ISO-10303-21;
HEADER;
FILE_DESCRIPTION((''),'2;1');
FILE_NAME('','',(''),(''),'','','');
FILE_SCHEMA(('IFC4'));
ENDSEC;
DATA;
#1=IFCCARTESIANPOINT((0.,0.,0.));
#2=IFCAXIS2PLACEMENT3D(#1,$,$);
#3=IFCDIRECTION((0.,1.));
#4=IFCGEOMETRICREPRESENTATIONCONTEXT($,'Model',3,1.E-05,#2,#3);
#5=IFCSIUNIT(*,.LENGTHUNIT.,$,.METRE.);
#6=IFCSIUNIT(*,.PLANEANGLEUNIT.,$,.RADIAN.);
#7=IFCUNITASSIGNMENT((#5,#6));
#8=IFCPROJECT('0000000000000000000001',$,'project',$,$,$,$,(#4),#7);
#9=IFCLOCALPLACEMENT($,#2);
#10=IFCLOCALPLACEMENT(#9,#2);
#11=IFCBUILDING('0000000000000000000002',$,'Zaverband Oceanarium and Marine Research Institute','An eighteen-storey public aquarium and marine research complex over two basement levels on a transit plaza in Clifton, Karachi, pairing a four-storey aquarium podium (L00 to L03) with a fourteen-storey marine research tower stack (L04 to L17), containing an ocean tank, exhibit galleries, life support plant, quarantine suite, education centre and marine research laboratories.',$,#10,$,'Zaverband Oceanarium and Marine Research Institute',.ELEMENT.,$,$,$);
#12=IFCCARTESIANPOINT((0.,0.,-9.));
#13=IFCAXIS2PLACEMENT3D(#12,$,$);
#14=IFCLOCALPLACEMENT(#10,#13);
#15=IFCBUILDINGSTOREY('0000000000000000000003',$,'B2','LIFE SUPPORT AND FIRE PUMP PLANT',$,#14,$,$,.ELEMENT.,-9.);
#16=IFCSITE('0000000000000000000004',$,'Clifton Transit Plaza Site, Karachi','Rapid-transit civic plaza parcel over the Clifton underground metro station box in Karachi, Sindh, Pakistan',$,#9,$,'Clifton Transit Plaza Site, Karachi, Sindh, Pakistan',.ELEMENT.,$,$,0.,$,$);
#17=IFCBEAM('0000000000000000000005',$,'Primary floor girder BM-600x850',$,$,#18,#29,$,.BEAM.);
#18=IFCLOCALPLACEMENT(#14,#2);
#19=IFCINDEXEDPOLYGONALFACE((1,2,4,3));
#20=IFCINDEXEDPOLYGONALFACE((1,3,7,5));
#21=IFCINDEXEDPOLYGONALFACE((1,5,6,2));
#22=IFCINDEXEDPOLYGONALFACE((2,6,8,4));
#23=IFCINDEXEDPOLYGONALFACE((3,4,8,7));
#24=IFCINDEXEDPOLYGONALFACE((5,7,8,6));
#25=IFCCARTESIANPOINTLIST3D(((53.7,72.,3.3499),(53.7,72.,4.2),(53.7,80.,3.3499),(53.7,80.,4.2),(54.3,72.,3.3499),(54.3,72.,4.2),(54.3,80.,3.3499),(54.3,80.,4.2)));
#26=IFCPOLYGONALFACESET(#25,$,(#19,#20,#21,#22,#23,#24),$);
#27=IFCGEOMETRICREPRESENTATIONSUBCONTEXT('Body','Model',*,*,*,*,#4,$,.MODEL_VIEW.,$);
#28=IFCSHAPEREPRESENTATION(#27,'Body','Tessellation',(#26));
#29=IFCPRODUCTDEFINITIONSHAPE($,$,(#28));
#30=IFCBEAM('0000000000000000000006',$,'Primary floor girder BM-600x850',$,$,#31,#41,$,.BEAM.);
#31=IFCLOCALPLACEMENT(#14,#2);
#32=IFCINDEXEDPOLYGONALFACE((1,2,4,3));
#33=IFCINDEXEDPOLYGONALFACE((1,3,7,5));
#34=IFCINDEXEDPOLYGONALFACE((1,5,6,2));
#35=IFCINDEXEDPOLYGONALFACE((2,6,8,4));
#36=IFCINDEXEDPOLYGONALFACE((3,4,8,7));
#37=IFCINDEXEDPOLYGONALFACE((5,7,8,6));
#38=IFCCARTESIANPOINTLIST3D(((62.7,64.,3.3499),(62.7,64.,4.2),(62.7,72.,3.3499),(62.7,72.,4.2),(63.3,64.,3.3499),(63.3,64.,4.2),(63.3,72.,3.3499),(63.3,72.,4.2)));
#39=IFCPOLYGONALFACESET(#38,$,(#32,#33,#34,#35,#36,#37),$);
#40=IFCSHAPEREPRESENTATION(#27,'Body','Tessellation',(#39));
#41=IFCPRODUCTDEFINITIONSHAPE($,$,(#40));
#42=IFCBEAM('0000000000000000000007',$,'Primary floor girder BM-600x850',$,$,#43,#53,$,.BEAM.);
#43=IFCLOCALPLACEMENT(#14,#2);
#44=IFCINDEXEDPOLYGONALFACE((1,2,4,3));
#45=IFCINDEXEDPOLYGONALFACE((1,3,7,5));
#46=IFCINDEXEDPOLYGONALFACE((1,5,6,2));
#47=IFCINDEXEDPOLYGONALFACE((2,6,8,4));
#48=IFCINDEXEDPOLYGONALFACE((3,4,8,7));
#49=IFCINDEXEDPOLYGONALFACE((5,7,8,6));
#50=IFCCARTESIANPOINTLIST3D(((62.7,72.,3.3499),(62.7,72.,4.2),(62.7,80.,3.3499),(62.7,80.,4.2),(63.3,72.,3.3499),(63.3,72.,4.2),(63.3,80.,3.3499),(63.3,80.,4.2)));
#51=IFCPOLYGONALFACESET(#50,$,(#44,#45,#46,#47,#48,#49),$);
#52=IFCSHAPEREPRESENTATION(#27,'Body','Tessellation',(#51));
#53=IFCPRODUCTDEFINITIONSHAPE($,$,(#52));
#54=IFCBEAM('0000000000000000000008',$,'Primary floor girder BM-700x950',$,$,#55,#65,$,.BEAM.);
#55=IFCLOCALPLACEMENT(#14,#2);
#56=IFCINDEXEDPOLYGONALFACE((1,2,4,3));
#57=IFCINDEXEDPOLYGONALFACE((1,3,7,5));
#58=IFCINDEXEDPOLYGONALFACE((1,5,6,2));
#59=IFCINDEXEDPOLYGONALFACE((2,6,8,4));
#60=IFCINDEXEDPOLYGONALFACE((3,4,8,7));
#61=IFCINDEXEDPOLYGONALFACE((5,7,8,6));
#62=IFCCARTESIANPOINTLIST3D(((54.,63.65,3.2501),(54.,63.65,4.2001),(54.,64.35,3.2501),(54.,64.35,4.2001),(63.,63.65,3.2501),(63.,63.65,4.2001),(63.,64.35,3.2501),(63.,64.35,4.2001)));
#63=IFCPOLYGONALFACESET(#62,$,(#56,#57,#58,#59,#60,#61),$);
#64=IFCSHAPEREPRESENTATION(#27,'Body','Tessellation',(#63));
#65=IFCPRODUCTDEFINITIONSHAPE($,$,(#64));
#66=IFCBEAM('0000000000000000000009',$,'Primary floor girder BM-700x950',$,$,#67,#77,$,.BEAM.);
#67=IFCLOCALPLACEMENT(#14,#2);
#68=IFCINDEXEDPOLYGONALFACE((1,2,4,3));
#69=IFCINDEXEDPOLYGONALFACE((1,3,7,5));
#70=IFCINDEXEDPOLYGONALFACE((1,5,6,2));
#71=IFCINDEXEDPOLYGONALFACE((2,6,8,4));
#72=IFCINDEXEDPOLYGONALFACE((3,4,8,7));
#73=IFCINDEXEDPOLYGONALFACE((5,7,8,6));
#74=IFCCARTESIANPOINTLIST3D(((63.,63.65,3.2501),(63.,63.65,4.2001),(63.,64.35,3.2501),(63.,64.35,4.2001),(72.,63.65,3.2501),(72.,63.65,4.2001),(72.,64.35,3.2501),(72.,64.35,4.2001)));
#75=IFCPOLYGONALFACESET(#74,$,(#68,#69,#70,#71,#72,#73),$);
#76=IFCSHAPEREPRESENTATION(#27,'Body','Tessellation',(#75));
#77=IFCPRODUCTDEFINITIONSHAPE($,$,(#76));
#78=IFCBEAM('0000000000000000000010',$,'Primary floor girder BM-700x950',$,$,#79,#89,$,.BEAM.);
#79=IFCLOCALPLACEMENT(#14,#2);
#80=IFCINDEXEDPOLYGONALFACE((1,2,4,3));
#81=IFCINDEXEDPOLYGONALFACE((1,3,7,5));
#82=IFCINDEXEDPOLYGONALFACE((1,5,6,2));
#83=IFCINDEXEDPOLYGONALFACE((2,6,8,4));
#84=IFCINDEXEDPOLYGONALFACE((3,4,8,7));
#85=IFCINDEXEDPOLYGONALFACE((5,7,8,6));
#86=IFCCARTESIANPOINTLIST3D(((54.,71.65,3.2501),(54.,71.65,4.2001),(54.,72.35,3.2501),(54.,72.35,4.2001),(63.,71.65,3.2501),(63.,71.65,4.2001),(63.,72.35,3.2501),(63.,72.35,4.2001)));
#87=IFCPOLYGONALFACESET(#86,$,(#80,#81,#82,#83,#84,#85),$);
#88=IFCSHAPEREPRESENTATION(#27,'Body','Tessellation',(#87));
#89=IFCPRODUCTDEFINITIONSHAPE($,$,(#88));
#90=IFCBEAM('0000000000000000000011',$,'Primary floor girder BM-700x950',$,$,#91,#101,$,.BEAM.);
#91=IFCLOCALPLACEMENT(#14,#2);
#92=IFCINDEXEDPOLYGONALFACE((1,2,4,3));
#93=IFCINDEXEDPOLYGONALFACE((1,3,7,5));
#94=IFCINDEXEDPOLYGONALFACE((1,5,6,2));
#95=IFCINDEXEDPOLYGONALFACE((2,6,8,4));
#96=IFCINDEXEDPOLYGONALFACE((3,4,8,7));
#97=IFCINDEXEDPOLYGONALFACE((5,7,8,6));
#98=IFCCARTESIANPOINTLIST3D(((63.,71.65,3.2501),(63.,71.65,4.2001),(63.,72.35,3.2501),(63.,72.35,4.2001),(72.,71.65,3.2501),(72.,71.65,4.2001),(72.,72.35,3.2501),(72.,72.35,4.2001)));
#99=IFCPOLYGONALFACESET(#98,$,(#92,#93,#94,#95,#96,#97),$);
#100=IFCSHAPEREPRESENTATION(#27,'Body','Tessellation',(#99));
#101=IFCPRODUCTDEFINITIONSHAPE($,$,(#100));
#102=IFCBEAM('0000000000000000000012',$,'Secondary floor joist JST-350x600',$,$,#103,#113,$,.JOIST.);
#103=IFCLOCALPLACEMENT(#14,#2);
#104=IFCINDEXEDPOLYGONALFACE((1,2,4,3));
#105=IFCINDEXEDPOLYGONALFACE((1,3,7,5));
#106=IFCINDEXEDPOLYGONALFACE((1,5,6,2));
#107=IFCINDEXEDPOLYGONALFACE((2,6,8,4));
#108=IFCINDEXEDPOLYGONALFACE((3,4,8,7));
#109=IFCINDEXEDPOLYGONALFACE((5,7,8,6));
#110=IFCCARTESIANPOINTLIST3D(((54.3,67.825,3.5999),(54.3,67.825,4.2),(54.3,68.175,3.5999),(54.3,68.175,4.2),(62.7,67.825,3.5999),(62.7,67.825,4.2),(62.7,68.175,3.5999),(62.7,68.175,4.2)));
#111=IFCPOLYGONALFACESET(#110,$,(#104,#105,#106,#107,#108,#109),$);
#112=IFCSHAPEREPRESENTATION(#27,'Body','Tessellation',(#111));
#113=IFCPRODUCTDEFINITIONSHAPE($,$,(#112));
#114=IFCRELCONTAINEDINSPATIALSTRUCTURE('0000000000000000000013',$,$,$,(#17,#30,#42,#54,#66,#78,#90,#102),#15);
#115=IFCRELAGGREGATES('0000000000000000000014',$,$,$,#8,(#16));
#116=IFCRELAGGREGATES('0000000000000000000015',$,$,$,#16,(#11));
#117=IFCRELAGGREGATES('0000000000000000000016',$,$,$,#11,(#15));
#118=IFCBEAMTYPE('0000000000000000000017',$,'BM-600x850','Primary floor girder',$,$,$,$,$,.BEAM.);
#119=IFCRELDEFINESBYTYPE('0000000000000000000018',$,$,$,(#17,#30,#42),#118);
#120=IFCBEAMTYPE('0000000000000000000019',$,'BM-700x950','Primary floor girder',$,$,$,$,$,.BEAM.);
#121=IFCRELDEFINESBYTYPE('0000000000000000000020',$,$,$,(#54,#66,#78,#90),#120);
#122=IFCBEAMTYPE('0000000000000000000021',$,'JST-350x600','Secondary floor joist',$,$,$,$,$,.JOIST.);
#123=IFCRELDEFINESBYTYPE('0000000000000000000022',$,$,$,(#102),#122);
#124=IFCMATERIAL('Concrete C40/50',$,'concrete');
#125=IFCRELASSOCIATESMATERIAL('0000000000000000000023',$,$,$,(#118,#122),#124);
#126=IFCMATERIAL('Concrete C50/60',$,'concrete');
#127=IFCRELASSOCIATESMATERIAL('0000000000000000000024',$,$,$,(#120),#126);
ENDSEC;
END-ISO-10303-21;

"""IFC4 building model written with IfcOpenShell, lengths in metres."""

from ifc_helpers import new_model, si_unit, direction, frame, origin, origin_2d, place, context, subcontext, project, spatial, rectangle, extrude, material, material_profile, profile_set, type_object, element, save


model = new_model("IFC4")

# Units and contexts
model_context = context("Model", 3, precision=1e-05, world=origin(), true_north=direction((0.0, 1.0)))
body_context = subcontext(model_context, "Body", "Model", "MODEL_VIEW")
ifc_project = project(units=[si_unit("LENGTHUNIT", "METRE"), si_unit("PLANEANGLEUNIT", "RADIAN")], contexts=[model_context])

# Site, building, storey
site_placement = place(None, origin())
site = spatial("IfcSite", under=ifc_project, at=site_placement, Name="Clifton Transit Plaza Site, Karachi", Description="Rapid-transit civic plaza parcel over the Clifton underground metro station box in Karachi, Sindh, Pakistan", LongName="Clifton Transit Plaza Site, Karachi, Sindh, Pakistan", CompositionType="ELEMENT", RefElevation=0.0)
building_placement = place(site_placement, origin())
building = spatial("IfcBuilding", under=site, at=building_placement, Name="Zaverband Oceanarium and Marine Research Institute", Description="An eighteen-storey public aquarium and marine research complex over two basement levels on a transit plaza in Clifton, Karachi, pairing a four-storey aquarium podium (L00 to L03) with a fourteen-storey marine research tower stack (L04 to L17), containing an ocean tank, exhibit galleries, life support plant, quarantine suite, education centre and marine research laboratories.", LongName="Zaverband Oceanarium and Marine Research Institute", CompositionType="ELEMENT")
storey_placement = place(building_placement, frame((0.0, 0.0, -9.0)))
storey = spatial("IfcBuildingStorey", under=building, at=storey_placement, Name="B2", Description="LIFE SUPPORT AND FIRE PUMP PLANT", CompositionType="ELEMENT", Elevation=-9.0)

# Shared definitions
ifc_material_1 = material(Name="Concrete C50/60", Category="concrete")

# Beams
ifc_material_2 = material(Name="Concrete C40/50", Category="concrete")
ifc_material_profile_1 = material_profile(ifc_material_2, rectangle(XDim=0.6001, YDim=0.8501, at=origin_2d()), Name="RC600x850")
ifc_profile_set_1 = profile_set([ifc_material_profile_1], Name="Concrete C40/50")
beam_type_1 = type_object("IfcBeamType", Name="BM-600x850", Description="Primary floor girder", PredefinedType="BEAM", material=ifc_profile_set_1)
for number, where, z_axis, x_axis, name in (
    (1, (54.0, 72.0, 3.7749), (0.0, 1.0, 0.0), (-1.0, 0.0, 0.0), "Primary floor girder BM-600x850"),
    (2, (63.0, 64.0, 3.7749), (0.0, 1.0, 0.0), (-1.0, 0.0, 0.0), "Primary floor girder BM-600x850"),
    (3, (63.0, 72.0, 3.7749), (0.0, 1.0, 0.0), (-1.0, 0.0, 0.0), "Primary floor girder BM-600x850"),
):
    element("IfcBeam", number, at=place(storey_placement, frame(where, z_axis=z_axis, x_axis=x_axis)), inside=storey, type_object=beam_type_1, Name=name, PredefinedType="BEAM", context=body_context, shape_type="SweptSolid", body=[
        extrude(rectangle(XDim=0.6001, YDim=0.8501, at=origin_2d()), origin(), (0.0, 0.0, 1.0), 8.0),
    ])
ifc_material_profile_2 = material_profile(ifc_material_1, rectangle(XDim=0.7, YDim=0.95, at=origin_2d()), Name="RC700x950")
ifc_profile_set_2 = profile_set([ifc_material_profile_2], Name="Concrete C50/60")
beam_type_2 = type_object("IfcBeamType", Name="BM-700x950", Description="Primary floor girder", PredefinedType="BEAM", material=ifc_profile_set_2)
for number, where, z_axis, x_axis, name in (
    (4, (54.0, 64.0, 3.7251), (1.0, 0.0, 0.0), (0.0, 1.0, 0.0), "Primary floor girder BM-700x950"),
    (5, (63.0, 64.0, 3.7251), (1.0, 0.0, 0.0), (0.0, 1.0, 0.0), "Primary floor girder BM-700x950"),
    (6, (54.0, 72.0, 3.7251), (1.0, 0.0, 0.0), (0.0, 1.0, 0.0), "Primary floor girder BM-700x950"),
    (7, (63.0, 72.0, 3.7251), (1.0, 0.0, 0.0), (0.0, 1.0, 0.0), "Primary floor girder BM-700x950"),
):
    element("IfcBeam", number, at=place(storey_placement, frame(where, z_axis=z_axis, x_axis=x_axis)), inside=storey, type_object=beam_type_2, Name=name, PredefinedType="BEAM", context=body_context, shape_type="SweptSolid", body=[
        extrude(rectangle(XDim=0.7, YDim=0.95, at=origin_2d()), origin(), (0.0, 0.0, 1.0), 9.0),
    ])
ifc_material_profile_3 = material_profile(ifc_material_2, rectangle(XDim=0.3501, YDim=0.6001, at=origin_2d()), Name="RC350x600")
ifc_profile_set_3 = profile_set([ifc_material_profile_3], Name="Concrete C40/50")
beam_type_3 = type_object("IfcBeamType", Name="JST-350x600", Description="Secondary floor joist", PredefinedType="JOIST", material=ifc_profile_set_3)
beam_placement = place(storey_placement, frame((54.3, 68.0, 3.8999), z_axis=(1.0, 0.0, 0.0), x_axis=(0.0, 1.0, 0.0)))
element("IfcBeam", 8, at=beam_placement, inside=storey, type_object=beam_type_3, Name="Secondary floor joist JST-350x600", PredefinedType="JOIST", context=body_context, shape_type="SweptSolid", body=[
    extrude(rectangle(XDim=0.3501, YDim=0.6001, at=origin_2d()), origin(), (0.0, 0.0, 1.0), 8.3999),
])

save(model, "model.ifc")
